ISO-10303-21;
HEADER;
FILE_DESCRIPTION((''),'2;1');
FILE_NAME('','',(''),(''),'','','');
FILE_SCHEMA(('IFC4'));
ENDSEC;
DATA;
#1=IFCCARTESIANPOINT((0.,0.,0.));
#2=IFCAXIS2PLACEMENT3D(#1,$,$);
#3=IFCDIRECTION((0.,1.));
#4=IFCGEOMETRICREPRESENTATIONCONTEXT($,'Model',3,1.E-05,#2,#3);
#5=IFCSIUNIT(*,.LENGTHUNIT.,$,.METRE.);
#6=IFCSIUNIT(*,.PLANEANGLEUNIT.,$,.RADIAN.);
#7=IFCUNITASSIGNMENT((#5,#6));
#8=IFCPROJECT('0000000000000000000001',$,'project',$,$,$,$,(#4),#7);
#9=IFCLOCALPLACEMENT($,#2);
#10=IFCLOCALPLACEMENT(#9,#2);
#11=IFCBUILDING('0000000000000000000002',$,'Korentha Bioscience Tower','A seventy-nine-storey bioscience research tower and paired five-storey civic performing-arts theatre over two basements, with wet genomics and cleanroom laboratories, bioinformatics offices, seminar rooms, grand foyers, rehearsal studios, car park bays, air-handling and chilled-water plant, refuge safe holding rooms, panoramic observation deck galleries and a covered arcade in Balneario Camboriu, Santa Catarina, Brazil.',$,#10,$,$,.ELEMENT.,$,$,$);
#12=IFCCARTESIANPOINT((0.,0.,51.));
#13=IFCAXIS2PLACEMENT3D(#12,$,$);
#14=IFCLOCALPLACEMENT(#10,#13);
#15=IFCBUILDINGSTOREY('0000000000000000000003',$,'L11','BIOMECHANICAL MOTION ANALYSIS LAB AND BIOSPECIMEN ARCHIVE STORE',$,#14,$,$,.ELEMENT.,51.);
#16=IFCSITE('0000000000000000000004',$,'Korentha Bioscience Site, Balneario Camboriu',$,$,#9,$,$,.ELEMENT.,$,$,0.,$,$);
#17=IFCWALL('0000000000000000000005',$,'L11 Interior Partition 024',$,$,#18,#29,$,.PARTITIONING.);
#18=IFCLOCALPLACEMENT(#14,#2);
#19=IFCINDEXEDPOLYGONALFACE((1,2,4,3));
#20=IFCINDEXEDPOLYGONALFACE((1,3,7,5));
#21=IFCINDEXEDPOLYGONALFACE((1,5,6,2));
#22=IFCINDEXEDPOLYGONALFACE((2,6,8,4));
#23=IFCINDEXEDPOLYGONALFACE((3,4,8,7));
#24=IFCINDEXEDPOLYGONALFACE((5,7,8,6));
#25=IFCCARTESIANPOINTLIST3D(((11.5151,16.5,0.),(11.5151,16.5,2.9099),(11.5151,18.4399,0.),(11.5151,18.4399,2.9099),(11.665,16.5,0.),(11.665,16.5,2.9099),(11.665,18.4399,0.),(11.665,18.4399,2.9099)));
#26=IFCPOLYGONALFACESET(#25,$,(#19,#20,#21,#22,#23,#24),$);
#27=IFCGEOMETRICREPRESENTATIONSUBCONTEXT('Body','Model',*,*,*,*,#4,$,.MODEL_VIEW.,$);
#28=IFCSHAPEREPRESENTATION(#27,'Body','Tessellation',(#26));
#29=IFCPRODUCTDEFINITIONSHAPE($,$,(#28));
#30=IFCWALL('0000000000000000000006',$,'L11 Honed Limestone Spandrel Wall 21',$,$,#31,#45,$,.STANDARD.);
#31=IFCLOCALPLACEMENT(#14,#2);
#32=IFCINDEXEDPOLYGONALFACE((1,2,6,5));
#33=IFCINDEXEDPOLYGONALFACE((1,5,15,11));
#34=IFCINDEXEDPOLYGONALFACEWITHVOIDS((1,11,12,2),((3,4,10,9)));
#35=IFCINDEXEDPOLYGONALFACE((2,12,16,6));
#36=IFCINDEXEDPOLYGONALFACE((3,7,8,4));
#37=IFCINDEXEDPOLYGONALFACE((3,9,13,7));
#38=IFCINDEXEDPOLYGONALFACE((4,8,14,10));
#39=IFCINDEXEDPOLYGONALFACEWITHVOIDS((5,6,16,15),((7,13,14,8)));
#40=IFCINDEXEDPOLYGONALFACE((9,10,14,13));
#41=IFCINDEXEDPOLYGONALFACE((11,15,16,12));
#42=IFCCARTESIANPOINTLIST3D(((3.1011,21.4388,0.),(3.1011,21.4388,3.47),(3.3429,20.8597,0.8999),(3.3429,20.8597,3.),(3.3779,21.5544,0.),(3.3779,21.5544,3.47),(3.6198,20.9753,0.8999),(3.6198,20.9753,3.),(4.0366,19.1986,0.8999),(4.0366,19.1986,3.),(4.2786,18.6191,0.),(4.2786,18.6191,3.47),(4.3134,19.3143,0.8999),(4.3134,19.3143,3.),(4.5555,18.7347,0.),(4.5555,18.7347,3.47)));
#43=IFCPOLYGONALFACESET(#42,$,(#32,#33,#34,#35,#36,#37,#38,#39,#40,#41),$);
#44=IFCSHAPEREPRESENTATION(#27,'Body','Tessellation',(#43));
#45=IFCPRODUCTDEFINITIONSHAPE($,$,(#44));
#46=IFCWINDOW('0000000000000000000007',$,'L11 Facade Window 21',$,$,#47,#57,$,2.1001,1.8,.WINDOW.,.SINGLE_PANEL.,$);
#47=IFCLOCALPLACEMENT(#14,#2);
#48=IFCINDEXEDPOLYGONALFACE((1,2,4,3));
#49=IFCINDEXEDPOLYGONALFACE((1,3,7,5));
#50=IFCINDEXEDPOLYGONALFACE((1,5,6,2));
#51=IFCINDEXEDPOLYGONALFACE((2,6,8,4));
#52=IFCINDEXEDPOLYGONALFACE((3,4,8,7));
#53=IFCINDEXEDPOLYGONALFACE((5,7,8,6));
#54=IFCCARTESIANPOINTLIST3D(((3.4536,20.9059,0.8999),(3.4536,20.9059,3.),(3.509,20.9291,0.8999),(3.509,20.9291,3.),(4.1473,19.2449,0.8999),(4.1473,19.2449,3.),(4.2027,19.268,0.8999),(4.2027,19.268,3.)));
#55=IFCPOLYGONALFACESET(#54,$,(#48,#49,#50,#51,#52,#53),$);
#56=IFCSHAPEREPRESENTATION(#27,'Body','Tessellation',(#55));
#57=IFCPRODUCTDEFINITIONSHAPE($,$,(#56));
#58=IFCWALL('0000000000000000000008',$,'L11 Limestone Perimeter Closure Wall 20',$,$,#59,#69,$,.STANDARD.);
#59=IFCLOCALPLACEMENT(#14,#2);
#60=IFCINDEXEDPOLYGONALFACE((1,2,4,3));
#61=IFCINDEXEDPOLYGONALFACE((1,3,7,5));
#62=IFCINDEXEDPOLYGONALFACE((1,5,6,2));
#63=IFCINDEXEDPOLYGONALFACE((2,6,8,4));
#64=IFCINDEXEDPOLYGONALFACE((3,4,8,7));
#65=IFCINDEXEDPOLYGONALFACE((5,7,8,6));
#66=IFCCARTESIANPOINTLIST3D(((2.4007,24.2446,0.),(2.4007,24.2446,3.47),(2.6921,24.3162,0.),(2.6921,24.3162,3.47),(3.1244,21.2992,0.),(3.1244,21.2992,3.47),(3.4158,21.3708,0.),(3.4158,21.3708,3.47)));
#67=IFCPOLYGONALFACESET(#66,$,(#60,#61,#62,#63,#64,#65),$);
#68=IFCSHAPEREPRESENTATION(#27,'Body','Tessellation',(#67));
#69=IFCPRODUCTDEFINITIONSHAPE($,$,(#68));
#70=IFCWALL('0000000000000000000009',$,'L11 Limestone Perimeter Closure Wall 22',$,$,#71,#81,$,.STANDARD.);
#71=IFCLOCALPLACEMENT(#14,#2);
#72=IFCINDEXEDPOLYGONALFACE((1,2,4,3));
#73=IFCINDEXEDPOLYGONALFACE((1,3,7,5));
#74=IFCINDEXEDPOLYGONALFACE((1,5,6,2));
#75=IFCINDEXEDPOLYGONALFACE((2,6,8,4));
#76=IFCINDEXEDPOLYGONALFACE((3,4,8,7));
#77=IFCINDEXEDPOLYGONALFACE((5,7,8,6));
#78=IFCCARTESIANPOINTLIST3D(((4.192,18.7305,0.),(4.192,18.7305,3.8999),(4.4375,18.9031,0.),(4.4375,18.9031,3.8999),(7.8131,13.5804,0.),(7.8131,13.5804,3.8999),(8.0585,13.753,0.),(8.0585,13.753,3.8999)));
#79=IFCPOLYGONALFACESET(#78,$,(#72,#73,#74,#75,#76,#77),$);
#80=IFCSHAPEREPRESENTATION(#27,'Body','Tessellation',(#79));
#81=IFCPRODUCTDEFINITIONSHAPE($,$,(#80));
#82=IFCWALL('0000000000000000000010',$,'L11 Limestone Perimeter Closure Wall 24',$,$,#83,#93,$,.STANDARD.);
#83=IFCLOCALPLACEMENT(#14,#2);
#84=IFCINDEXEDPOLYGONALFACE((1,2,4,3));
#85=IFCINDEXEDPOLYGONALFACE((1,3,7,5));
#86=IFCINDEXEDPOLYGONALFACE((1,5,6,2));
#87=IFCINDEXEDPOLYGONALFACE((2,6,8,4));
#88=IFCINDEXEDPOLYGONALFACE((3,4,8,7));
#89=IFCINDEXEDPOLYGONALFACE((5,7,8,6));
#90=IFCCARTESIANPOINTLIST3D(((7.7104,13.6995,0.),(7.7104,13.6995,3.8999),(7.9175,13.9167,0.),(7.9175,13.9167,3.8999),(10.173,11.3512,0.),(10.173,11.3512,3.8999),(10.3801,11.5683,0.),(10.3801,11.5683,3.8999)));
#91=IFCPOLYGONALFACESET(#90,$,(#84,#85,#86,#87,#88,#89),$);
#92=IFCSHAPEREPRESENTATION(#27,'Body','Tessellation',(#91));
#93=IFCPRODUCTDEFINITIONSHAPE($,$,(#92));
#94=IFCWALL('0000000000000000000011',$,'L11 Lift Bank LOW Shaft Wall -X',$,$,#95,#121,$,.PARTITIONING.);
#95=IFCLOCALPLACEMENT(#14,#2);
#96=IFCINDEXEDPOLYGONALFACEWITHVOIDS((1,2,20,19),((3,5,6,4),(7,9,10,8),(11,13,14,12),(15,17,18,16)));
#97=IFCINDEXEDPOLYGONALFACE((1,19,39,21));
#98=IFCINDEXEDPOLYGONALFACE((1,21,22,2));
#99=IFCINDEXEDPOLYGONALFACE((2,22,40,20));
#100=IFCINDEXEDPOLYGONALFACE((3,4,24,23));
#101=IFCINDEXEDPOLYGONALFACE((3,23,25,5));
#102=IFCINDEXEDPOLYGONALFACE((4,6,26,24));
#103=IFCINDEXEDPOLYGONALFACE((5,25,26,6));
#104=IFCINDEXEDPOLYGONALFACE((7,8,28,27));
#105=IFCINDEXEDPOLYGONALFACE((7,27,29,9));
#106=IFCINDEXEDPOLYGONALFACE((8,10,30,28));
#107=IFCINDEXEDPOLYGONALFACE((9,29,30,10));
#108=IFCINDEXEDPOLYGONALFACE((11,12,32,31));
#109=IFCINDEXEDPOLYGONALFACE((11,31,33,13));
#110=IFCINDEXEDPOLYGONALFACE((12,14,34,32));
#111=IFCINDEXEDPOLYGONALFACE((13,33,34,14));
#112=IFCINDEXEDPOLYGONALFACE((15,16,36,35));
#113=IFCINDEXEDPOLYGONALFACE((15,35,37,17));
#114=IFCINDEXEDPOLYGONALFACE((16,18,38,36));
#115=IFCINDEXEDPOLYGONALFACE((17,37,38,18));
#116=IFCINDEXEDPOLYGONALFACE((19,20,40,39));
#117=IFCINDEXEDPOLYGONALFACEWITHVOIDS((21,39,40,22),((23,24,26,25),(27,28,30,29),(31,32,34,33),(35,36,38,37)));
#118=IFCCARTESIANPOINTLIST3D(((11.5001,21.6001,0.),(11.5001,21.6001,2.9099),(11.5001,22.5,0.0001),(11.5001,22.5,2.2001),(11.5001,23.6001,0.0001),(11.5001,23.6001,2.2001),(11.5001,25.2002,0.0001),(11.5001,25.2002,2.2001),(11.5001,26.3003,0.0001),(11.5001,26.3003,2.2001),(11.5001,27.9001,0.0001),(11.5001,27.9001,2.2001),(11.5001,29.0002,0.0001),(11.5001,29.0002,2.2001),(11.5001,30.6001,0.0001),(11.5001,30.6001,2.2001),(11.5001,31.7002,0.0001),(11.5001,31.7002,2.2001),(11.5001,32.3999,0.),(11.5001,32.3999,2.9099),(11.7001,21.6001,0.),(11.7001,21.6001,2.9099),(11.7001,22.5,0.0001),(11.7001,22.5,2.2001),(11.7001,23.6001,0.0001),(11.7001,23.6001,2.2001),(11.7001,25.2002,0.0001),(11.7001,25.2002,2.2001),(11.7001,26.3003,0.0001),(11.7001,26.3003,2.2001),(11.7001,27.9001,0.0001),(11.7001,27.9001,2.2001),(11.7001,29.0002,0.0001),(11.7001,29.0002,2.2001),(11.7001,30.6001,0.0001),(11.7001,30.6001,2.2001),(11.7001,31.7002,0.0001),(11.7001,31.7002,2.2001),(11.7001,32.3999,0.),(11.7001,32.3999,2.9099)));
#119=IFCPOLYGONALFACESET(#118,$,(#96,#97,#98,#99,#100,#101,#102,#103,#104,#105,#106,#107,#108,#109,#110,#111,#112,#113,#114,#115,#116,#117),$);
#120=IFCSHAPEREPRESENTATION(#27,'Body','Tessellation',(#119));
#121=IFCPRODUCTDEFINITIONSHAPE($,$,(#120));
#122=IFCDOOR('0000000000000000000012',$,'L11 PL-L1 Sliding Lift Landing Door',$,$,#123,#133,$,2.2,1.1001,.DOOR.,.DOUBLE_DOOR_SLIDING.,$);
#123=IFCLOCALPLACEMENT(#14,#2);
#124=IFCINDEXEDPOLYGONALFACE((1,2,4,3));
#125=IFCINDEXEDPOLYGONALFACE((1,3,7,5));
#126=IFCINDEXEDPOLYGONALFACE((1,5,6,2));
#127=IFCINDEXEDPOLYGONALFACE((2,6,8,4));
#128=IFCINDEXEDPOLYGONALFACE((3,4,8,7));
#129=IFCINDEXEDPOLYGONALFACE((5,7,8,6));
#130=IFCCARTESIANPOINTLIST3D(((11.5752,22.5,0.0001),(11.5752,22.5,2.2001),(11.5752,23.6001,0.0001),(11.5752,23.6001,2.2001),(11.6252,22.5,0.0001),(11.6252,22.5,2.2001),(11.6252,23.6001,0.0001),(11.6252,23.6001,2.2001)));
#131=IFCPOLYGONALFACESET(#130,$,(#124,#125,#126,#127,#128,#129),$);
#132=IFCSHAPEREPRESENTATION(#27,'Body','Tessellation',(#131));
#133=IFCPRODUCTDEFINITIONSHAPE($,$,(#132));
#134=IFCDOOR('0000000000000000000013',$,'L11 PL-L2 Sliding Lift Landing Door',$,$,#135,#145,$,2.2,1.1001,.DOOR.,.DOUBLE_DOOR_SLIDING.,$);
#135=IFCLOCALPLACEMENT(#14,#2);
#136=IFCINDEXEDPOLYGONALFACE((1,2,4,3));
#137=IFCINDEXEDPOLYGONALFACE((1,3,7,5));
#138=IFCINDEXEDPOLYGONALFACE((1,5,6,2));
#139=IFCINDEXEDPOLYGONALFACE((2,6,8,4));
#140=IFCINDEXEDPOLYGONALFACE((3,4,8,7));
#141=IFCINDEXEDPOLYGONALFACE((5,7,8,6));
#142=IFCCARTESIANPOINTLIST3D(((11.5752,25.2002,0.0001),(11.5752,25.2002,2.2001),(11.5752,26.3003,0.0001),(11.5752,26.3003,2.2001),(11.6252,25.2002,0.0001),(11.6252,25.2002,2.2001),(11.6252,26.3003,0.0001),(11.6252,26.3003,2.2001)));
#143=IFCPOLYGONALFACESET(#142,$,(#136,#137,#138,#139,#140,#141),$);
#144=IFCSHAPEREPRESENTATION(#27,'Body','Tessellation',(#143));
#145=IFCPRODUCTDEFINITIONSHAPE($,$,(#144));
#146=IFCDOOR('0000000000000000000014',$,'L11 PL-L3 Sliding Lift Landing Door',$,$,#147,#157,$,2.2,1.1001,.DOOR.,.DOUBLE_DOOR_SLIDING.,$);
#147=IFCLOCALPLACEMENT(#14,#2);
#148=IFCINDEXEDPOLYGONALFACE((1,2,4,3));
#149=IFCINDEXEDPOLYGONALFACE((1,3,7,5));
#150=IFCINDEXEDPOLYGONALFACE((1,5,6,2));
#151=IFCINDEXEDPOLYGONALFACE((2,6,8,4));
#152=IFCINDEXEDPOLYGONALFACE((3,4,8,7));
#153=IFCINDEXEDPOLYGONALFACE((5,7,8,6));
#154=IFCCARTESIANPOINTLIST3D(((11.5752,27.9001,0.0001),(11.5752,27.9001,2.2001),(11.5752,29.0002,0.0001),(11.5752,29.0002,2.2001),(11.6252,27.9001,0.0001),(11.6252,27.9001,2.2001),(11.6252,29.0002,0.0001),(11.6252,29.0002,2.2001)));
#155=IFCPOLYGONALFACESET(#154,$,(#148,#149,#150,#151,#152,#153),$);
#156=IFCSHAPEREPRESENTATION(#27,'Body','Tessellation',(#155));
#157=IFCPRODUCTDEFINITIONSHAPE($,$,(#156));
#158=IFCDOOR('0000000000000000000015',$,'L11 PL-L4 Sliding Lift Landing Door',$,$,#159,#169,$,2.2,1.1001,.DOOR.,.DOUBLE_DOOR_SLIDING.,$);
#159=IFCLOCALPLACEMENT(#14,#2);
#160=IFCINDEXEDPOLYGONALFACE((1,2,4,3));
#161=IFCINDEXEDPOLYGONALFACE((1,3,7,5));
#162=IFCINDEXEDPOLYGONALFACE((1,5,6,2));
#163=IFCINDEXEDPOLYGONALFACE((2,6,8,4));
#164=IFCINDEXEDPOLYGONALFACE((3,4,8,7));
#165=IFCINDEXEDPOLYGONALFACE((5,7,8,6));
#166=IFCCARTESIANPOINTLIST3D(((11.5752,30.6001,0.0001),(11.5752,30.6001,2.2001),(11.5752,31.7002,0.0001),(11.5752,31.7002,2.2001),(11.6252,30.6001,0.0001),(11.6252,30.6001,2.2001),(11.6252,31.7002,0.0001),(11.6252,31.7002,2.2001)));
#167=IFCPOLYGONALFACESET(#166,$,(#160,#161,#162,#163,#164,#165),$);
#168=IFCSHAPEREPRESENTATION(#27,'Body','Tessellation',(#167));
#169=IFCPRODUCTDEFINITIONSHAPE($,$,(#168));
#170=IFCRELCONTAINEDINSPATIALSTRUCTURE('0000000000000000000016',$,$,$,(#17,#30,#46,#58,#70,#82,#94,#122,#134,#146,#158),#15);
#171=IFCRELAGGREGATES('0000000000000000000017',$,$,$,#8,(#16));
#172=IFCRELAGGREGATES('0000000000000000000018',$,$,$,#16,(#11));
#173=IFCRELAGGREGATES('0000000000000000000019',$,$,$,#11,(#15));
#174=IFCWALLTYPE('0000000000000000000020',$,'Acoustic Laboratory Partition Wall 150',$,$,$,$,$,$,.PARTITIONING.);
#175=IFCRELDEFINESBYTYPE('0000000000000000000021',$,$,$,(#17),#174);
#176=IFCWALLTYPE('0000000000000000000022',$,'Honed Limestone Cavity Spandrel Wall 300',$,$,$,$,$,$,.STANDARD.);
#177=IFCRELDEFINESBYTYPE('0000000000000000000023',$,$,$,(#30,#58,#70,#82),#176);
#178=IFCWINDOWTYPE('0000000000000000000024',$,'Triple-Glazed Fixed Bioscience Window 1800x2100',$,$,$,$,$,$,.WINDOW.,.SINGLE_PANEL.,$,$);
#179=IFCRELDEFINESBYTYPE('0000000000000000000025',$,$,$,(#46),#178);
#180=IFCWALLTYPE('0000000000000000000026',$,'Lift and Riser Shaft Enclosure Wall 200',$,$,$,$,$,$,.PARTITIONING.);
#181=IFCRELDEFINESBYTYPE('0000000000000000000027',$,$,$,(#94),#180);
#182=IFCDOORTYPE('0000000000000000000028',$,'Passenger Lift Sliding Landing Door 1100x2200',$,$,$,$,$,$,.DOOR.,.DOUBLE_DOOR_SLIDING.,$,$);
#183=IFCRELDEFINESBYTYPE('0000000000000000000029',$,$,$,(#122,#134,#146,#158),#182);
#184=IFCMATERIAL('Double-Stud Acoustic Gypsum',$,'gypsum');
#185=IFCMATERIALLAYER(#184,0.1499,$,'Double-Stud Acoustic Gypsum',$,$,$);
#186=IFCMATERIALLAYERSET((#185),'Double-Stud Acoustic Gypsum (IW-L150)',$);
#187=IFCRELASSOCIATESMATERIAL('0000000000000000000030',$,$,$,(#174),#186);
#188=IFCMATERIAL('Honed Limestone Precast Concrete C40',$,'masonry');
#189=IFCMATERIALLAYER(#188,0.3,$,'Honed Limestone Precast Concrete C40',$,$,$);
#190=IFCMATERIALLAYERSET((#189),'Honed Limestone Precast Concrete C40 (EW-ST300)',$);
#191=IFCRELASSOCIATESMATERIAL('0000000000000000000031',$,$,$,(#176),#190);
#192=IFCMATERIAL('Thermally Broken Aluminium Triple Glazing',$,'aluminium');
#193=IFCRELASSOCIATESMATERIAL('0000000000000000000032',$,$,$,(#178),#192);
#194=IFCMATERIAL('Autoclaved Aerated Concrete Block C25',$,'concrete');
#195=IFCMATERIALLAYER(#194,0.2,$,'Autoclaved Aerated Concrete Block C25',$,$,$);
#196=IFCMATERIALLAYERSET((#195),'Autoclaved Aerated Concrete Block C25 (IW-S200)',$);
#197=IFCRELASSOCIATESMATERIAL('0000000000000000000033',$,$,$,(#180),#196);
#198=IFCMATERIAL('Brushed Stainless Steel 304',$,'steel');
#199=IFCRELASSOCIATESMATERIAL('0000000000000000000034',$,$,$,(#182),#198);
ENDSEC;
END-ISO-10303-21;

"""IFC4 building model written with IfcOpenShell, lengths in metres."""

from ifc_helpers import new_model, si_unit, direction, frame, frame_2d, origin, place, context, subcontext, project, spatial, rectangle, extrude, material, layer, layer_set, type_object, element, fill, save


model = new_model("IFC4")

# Units and contexts
model_context = context("Model", 3, precision=1e-05, world=origin(), true_north=direction((0.0, 1.0)))
body_context = subcontext(model_context, "Body", "Model", "MODEL_VIEW")
ifc_project = project(units=[si_unit("LENGTHUNIT", "METRE"), si_unit("PLANEANGLEUNIT", "RADIAN")], contexts=[model_context])

# Site, building, storey
site_placement = place(None, origin())
site = spatial("IfcSite", under=ifc_project, at=site_placement, Name="Korentha Bioscience Site, Balneario Camboriu", CompositionType="ELEMENT", RefElevation=0.0)
building_placement = place(site_placement, origin())
building = spatial("IfcBuilding", under=site, at=building_placement, Name="Korentha Bioscience Tower", Description="A seventy-nine-storey bioscience research tower and paired five-storey civic performing-arts theatre over two basements, with wet genomics and cleanroom laboratories, bioinformatics offices, seminar rooms, grand foyers, rehearsal studios, car park bays, air-handling and chilled-water plant, refuge safe holding rooms, panoramic observation deck galleries and a covered arcade in Balneario Camboriu, Santa Catarina, Brazil.", CompositionType="ELEMENT")
storey_placement = place(building_placement, frame((0.0, 0.0, 51.0)))
storey = spatial("IfcBuildingStorey", under=building, at=storey_placement, Name="L11", Description="BIOMECHANICAL MOTION ANALYSIS LAB AND BIOSPECIMEN ARCHIVE STORE", CompositionType="ELEMENT", Elevation=51.0)

# Shared definitions
ifc_material_1 = material(Name="Double-Stud Acoustic Gypsum", Category="gypsum")
ifc_layer_1 = layer(ifc_material_1, 0.1499, Name="Double-Stud Acoustic Gypsum")
ifc_layer_set_1 = layer_set([ifc_layer_1], Name="Double-Stud Acoustic Gypsum (IW-L150)")
wall_type_1 = type_object("IfcWallType", Name="Acoustic Laboratory Partition Wall 150", PredefinedType="PARTITIONING", material=ifc_layer_set_1)

# Wall
wall_1_placement = place(storey_placement, frame((11.5901, 16.5, 0.0), z_axis=(0.0, 0.0, 1.0), x_axis=(0.0, 1.0, 0.0)))
element("IfcWall", 1, at=wall_1_placement, inside=storey, type_object=wall_type_1, Name="L11 Interior Partition 024", PredefinedType="PARTITIONING", context=body_context, shape_type="SweptSolid", body=[
    extrude(rectangle(XDim=1.9399, YDim=0.1499, at=frame_2d((0.97, 0.0))), origin(), (0.0, 0.0, 1.0), 2.9099),
])

# Wall, opening, window
ifc_material_2 = material(Name="Honed Limestone Precast Concrete C40", Category="masonry")
ifc_layer_2 = layer(ifc_material_2, 0.3, Name="Honed Limestone Precast Concrete C40")
ifc_layer_set_2 = layer_set([ifc_layer_2], Name="Honed Limestone Precast Concrete C40 (EW-ST300)")
wall_type_2 = type_object("IfcWallType", Name="Honed Limestone Cavity Spandrel Wall 300", PredefinedType="STANDARD", material=ifc_layer_set_2)
wall_2_placement = place(storey_placement, frame((3.2395, 21.4966, 0.0), z_axis=(0.0, 0.0, 1.0), x_axis=(0.385358, -0.922767, 0.0)))
wall_2 = element("IfcWall", 2, at=wall_2_placement, inside=storey, type_object=wall_type_2, Name="L11 Honed Limestone Spandrel Wall 21", PredefinedType="STANDARD", context=body_context, shape_type="SweptSolid", body=[
    extrude(rectangle(XDim=3.0557, YDim=0.3, at=frame_2d((1.5278, 0.0))), origin(), (0.0, 0.0, 1.0), 3.47),
])
opening_1_placement = place(wall_2_placement, frame((0.6277, 0.0, 0.8999)))
opening_1 = element("IfcOpeningElement", 3, at=opening_1_placement, cuts=wall_2, PredefinedType="OPENING", context=body_context, shape_type="SweptSolid", body=[
    extrude(rectangle(XDim=1.8, YDim=2.1001, at=frame_2d((0.8999, 1.05))), frame((0.0, 0.165, 0.0), z_axis=(0.0, -1.0, 0.0), x_axis=(1.0, 0.0, 0.0)), (0.0, 0.0, 1.0), 0.3298),
])
ifc_material_3 = material(Name="Thermally Broken Aluminium Triple Glazing", Category="aluminium")
window_type = type_object("IfcWindowType", Name="Triple-Glazed Fixed Bioscience Window 1800x2100", PartitioningType="SINGLE_PANEL", PredefinedType="WINDOW", material=ifc_material_3)
window_placement = place(opening_1_placement, origin())
window = element("IfcWindow", 4, at=window_placement, inside=storey, type_object=window_type, Name="L11 Facade Window 21", OverallHeight=2.1001, OverallWidth=1.8, PartitioningType="SINGLE_PANEL", PredefinedType="WINDOW", context=body_context, shape_type="SweptSolid", body=[
    extrude(rectangle(XDim=1.8, YDim=2.1001, at=frame_2d((0.8999, 1.05))), frame((0.0, 0.03, 0.0), z_axis=(0.0, -1.0, 0.0), x_axis=(1.0, 0.0, 0.0)), (0.0, 0.0, 1.0), 0.0601),
])
fill(opening_1, window)

# Walls
wall_3_placement = place(storey_placement, frame((2.5464, 24.2805, 0.0), z_axis=(0.0, 0.0, 1.0), x_axis=(0.238594, -0.971119, 0.0)))
element("IfcWall", 5, at=wall_3_placement, inside=storey, type_object=wall_type_2, Name="L11 Limestone Perimeter Closure Wall 20", PredefinedType="STANDARD", context=body_context, shape_type="SweptSolid", body=[
    extrude(rectangle(XDim=3.033, YDim=0.3, at=frame_2d((1.5166, 0.0))), origin(), (0.0, 0.0, 1.0), 3.47),
])
wall_4_placement = place(storey_placement, frame((4.3147, 18.8169, 0.0), z_axis=(0.0, 0.0, 1.0), x_axis=(0.575166, -0.818037, 0.0)))
element("IfcWall", 6, at=wall_4_placement, inside=storey, type_object=wall_type_2, Name="L11 Limestone Perimeter Closure Wall 22", PredefinedType="STANDARD", context=body_context, shape_type="SweptSolid", body=[
    extrude(rectangle(XDim=6.2957, YDim=0.3, at=frame_2d((3.1479, 0.0))), origin(), (0.0, 0.0, 1.0), 3.8999),
])
wall_5_placement = place(storey_placement, frame((7.814, 13.8081, 0.0), z_axis=(0.0, 0.0, 1.0), x_axis=(0.723696, -0.690119, 0.0)))
element("IfcWall", 7, at=wall_5_placement, inside=storey, type_object=wall_type_2, Name="L11 Limestone Perimeter Closure Wall 24", PredefinedType="STANDARD", context=body_context, shape_type="SweptSolid", body=[
    extrude(rectangle(XDim=3.4028, YDim=0.3, at=frame_2d((1.7014, 0.0))), origin(), (0.0, 0.0, 1.0), 3.8999),
])

# Wall, openings, doors
ifc_material_4 = material(Name="Autoclaved Aerated Concrete Block C25", Category="concrete")
ifc_layer_3 = layer(ifc_material_4, 0.2, Name="Autoclaved Aerated Concrete Block C25")
ifc_layer_set_3 = layer_set([ifc_layer_3], Name="Autoclaved Aerated Concrete Block C25 (IW-S200)")
wall_type_3 = type_object("IfcWallType", Name="Lift and Riser Shaft Enclosure Wall 200", PredefinedType="PARTITIONING", material=ifc_layer_set_3)
wall_6_placement = place(storey_placement, frame((11.6001, 21.6001, 0.0), z_axis=(0.0, 0.0, 1.0), x_axis=(0.0, 1.0, 0.0)))
wall_6 = element("IfcWall", 8, at=wall_6_placement, inside=storey, type_object=wall_type_3, Name="L11 Lift Bank LOW Shaft Wall -X", PredefinedType="PARTITIONING", context=body_context, shape_type="SweptSolid", body=[
    extrude(rectangle(XDim=10.7998, YDim=0.2, at=frame_2d((5.3999, 0.0))), origin(), (0.0, 0.0, 1.0), 2.9099),
])
opening_2_placement = place(wall_6_placement, frame((0.8999, 0.0, 0.0)))
opening_2 = element("IfcOpeningElement", 9, at=opening_2_placement, cuts=wall_6, PredefinedType="OPENING", context=body_context, shape_type="SweptSolid", body=[
    extrude(rectangle(XDim=1.1001, YDim=2.2, at=frame_2d((0.55, 1.1001))), frame((0.0, 0.1147, 0.0), z_axis=(0.0, -1.0, 0.0), x_axis=(1.0, 0.0, 0.0)), (0.0, 0.0, 1.0), 0.2297),
])
opening_3_placement = place(wall_6_placement, frame((3.6001, 0.0, 0.0)))
opening_3 = element("IfcOpeningElement", 10, at=opening_3_placement, cuts=wall_6, PredefinedType="OPENING", context=body_context, shape_type="SweptSolid", body=[
    extrude(rectangle(XDim=1.1001, YDim=2.2, at=frame_2d((0.55, 1.1001))), frame((0.0, 0.1147, 0.0), z_axis=(0.0, -1.0, 0.0), x_axis=(1.0, 0.0, 0.0)), (0.0, 0.0, 1.0), 0.2297),
])
opening_4_placement = place(wall_6_placement, frame((6.3, 0.0, 0.0)))
opening_4 = element("IfcOpeningElement", 11, at=opening_4_placement, cuts=wall_6, PredefinedType="OPENING", context=body_context, shape_type="SweptSolid", body=[
    extrude(rectangle(XDim=1.1001, YDim=2.2, at=frame_2d((0.55, 1.1001))), frame((0.0, 0.1147, 0.0), z_axis=(0.0, -1.0, 0.0), x_axis=(1.0, 0.0, 0.0)), (0.0, 0.0, 1.0), 0.2297),
])
opening_5_placement = place(wall_6_placement, frame((9.0, 0.0, 0.0)))
opening_5 = element("IfcOpeningElement", 12, at=opening_5_placement, cuts=wall_6, PredefinedType="OPENING", context=body_context, shape_type="SweptSolid", body=[
    extrude(rectangle(XDim=1.1001, YDim=2.2, at=frame_2d((0.55, 1.1001))), frame((0.0, 0.1147, 0.0), z_axis=(0.0, -1.0, 0.0), x_axis=(1.0, 0.0, 0.0)), (0.0, 0.0, 1.0), 0.2297),
])
ifc_material_5 = material(Name="Brushed Stainless Steel 304", Category="steel")
door_type_1 = type_object("IfcDoorType", Name="Passenger Lift Sliding Landing Door 1100x2200", OperationType="DOUBLE_DOOR_SLIDING", PredefinedType="DOOR", material=ifc_material_5)
door_1_placement = place(opening_2_placement, origin())
door_1 = element("IfcDoor", 13, at=door_1_placement, inside=storey, type_object=door_type_1, Name="L11 PL-L1 Sliding Lift Landing Door", OperationType="DOUBLE_DOOR_SLIDING", OverallHeight=2.2, OverallWidth=1.1001, PredefinedType="DOOR", context=body_context, shape_type="SweptSolid", body=[
    extrude(rectangle(XDim=1.1001, YDim=2.2, at=frame_2d((0.55, 1.1001))), frame((0.0, 0.0249, 0.0), z_axis=(0.0, -1.0, 0.0), x_axis=(1.0, 0.0, 0.0)), (0.0, 0.0, 1.0), 0.05),
])
fill(opening_2, door_1)
door_2_placement = place(opening_3_placement, origin())
door_2 = element("IfcDoor", 14, at=door_2_placement, inside=storey, type_object=door_type_1, Name="L11 PL-L2 Sliding Lift Landing Door", OperationType="DOUBLE_DOOR_SLIDING", OverallHeight=2.2, OverallWidth=1.1001, PredefinedType="DOOR", context=body_context, shape_type="SweptSolid", body=[
    extrude(rectangle(XDim=1.1001, YDim=2.2, at=frame_2d((0.55, 1.1001))), frame((0.0, 0.0249, 0.0), z_axis=(0.0, -1.0, 0.0), x_axis=(1.0, 0.0, 0.0)), (0.0, 0.0, 1.0), 0.05),
])
fill(opening_3, door_2)
door_3_placement = place(opening_4_placement, origin())
door_3 = element("IfcDoor", 15, at=door_3_placement, inside=storey, type_object=door_type_1, Name="L11 PL-L3 Sliding Lift Landing Door", OperationType="DOUBLE_DOOR_SLIDING", OverallHeight=2.2, OverallWidth=1.1001, PredefinedType="DOOR", context=body_context, shape_type="SweptSolid", body=[
    extrude(rectangle(XDim=1.1001, YDim=2.2, at=frame_2d((0.55, 1.1001))), frame((0.0, 0.0249, 0.0), z_axis=(0.0, -1.0, 0.0), x_axis=(1.0, 0.0, 0.0)), (0.0, 0.0, 1.0), 0.05),
])
fill(opening_4, door_3)
door_4_placement = place(opening_5_placement, origin())
door_4 = element("IfcDoor", 16, at=door_4_placement, inside=storey, type_object=door_type_1, Name="L11 PL-L4 Sliding Lift Landing Door", OperationType="DOUBLE_DOOR_SLIDING", OverallHeight=2.2, OverallWidth=1.1001, PredefinedType="DOOR", context=body_context, shape_type="SweptSolid", body=[
    extrude(rectangle(XDim=1.1001, YDim=2.2, at=frame_2d((0.55, 1.1001))), frame((0.0, 0.0249, 0.0), z_axis=(0.0, -1.0, 0.0), x_axis=(1.0, 0.0, 0.0)), (0.0, 0.0, 1.0), 0.05),
])
fill(opening_5, door_4)

save(model, "model.ifc")
